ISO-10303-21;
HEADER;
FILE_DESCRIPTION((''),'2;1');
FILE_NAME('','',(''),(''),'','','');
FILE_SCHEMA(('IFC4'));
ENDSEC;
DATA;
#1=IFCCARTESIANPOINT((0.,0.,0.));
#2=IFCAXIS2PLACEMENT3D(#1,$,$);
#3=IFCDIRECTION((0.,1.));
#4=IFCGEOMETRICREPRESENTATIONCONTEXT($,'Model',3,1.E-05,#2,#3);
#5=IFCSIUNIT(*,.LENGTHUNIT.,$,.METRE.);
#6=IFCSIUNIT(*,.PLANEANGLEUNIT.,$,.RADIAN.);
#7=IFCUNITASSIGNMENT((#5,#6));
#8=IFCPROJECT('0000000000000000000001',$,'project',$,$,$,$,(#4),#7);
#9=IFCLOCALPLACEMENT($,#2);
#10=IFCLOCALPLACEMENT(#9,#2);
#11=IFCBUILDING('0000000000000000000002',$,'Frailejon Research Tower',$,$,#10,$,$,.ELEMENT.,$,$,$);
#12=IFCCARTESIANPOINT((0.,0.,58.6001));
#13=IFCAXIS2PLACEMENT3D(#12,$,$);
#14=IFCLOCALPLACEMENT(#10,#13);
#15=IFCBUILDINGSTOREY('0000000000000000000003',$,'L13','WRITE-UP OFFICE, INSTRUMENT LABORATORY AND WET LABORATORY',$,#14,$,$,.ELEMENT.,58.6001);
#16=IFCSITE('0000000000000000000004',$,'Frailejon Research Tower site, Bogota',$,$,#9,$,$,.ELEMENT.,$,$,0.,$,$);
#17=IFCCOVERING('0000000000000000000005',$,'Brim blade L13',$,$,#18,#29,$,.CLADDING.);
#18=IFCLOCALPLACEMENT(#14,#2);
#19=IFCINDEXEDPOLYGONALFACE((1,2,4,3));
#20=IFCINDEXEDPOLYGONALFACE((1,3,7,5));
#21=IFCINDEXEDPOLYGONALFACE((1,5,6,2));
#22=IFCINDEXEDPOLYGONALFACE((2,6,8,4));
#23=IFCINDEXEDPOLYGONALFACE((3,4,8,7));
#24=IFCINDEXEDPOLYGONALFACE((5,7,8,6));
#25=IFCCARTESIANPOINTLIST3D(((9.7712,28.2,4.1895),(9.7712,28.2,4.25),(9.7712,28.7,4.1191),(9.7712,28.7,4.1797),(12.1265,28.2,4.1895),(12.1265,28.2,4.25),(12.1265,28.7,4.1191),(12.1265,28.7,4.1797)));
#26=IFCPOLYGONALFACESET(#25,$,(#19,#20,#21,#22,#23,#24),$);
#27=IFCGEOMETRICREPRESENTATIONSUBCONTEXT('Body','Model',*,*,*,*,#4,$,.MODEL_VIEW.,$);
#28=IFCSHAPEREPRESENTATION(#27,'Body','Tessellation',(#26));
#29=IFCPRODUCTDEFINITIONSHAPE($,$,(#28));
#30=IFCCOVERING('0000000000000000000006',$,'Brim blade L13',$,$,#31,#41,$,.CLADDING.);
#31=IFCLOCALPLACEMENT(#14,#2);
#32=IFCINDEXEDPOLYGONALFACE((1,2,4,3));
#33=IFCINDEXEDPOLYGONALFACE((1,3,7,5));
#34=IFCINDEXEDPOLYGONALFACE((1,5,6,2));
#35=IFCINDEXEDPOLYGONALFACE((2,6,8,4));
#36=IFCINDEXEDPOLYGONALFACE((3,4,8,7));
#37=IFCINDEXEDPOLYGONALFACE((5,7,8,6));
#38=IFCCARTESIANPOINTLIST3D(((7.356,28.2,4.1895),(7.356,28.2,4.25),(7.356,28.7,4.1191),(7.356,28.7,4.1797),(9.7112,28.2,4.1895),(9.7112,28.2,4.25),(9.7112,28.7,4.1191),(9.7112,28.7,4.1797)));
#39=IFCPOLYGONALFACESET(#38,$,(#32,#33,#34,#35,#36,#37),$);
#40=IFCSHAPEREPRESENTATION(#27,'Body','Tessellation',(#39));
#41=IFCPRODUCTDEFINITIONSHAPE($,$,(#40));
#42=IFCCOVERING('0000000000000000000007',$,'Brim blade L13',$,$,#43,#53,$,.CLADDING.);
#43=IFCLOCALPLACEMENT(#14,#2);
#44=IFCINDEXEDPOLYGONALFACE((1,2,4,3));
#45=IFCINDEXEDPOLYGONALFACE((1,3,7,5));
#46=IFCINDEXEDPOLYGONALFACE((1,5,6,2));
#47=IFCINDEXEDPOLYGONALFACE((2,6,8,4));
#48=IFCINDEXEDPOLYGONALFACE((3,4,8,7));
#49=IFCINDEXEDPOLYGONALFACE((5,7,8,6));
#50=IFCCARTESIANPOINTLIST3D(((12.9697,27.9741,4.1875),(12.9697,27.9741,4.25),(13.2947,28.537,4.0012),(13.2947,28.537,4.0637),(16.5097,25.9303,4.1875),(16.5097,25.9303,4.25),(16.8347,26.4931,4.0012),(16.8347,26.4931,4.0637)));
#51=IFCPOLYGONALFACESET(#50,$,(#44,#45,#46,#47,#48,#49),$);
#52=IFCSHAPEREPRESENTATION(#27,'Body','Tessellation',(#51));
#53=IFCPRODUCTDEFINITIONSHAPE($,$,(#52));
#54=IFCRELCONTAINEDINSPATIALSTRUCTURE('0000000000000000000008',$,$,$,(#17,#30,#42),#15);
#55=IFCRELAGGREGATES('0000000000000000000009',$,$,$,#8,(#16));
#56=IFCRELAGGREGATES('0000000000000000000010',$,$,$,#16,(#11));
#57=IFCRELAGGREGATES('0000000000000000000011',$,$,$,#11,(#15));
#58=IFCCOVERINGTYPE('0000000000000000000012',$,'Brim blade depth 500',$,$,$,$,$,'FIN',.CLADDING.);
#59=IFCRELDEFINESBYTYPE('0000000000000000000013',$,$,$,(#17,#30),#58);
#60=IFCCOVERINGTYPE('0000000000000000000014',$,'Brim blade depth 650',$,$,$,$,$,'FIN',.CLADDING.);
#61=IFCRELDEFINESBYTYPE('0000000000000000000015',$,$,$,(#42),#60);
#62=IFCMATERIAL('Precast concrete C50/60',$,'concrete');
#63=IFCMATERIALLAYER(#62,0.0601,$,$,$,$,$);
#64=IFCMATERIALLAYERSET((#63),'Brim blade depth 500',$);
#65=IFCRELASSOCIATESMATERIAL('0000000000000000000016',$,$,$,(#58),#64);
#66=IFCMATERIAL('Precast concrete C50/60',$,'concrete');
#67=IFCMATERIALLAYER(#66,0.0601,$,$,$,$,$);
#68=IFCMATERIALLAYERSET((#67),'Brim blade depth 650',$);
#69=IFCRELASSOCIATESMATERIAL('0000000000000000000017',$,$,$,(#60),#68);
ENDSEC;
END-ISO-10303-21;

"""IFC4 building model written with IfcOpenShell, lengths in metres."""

from ifc_helpers import new_model, si_unit, direction, frame, origin, place, context, subcontext, project, spatial, polyline, outline, extrude, material, layer, layer_set, type_object, element, save


model = new_model("IFC4")

# Units and contexts
model_context = context("Model", 3, precision=1e-05, world=origin(), true_north=direction((0.0, 1.0)))
body_context = subcontext(model_context, "Body", "Model", "MODEL_VIEW")
ifc_project = project(units=[si_unit("LENGTHUNIT", "METRE"), si_unit("PLANEANGLEUNIT", "RADIAN")], contexts=[model_context])

# Site, building, storey
site_placement = place(None, origin())
site = spatial("IfcSite", under=ifc_project, at=site_placement, Name="Frailejon Research Tower site, Bogota", CompositionType="ELEMENT", RefElevation=0.0)
building_placement = place(site_placement, origin())
building = spatial("IfcBuilding", under=site, at=building_placement, Name="Frailejon Research Tower", CompositionType="ELEMENT")
storey_placement = place(building_placement, frame((0.0, 0.0, 58.6001)))
storey = spatial("IfcBuildingStorey", under=building, at=storey_placement, Name="L13", Description="WRITE-UP OFFICE, INSTRUMENT LABORATORY AND WET LABORATORY", CompositionType="ELEMENT", Elevation=58.6001)

# Coverings
ifc_material_1 = material(Name="Precast concrete C50/60", Category="concrete")
ifc_layer_1 = layer(ifc_material_1, 0.0601)
ifc_layer_set_1 = layer_set([ifc_layer_1], Name="Brim blade depth 500")
covering_type_1 = type_object("IfcCoveringType", Name="Brim blade depth 500", ElementType="FIN", PredefinedType="CLADDING", material=ifc_layer_set_1)
for number, where, z_axis, x_axis, name in (
    (1, (9.7712, 28.2, 4.25), (1.0, 0.0, 0.0), (0.0, 1.0, 0.0), "Brim blade L13"),
    (2, (7.356, 28.2, 4.25), (1.0, 0.0, 0.0), (0.0, 1.0, 0.0), "Brim blade L13"),
):
    element("IfcCovering", number, at=place(storey_placement, frame(where, z_axis=z_axis, x_axis=x_axis)), inside=storey, type_object=covering_type_1, Name=name, PredefinedType="CLADDING", context=body_context, shape_type="SweptSolid", body=[
        extrude(outline(polyline([(0.0, -0.0605), (0.5, -0.1309), (0.5, -0.0703), (0.0, 0.0), (0.0, -0.0605)])), origin(), (0.0, 0.0, 1.0), 2.3552),
    ])
ifc_material_2 = material(Name="Precast concrete C50/60", Category="concrete")
ifc_layer_2 = layer(ifc_material_2, 0.0601)
ifc_layer_set_2 = layer_set([ifc_layer_2], Name="Brim blade depth 650")
covering_type_2 = type_object("IfcCoveringType", Name="Brim blade depth 650", ElementType="FIN", PredefinedType="CLADDING", material=ifc_layer_set_2)
covering_placement = place(storey_placement, frame((12.9697, 27.9741, 4.25), z_axis=(0.866027, -0.499997, 0.0), x_axis=(0.499997, 0.866027, 0.0)))
element("IfcCovering", 3, at=covering_placement, inside=storey, type_object=covering_type_2, Name="Brim blade L13", PredefinedType="CLADDING", context=body_context, shape_type="SweptSolid", body=[
    extrude(outline(polyline([(0.0, -0.0625), (0.6499, -0.2488), (0.6499, -0.1863), (0.0, 0.0), (0.0, -0.0625)])), origin(), (0.0, 0.0, 1.0), 4.0876),
])

save(model, "model.ifc")
